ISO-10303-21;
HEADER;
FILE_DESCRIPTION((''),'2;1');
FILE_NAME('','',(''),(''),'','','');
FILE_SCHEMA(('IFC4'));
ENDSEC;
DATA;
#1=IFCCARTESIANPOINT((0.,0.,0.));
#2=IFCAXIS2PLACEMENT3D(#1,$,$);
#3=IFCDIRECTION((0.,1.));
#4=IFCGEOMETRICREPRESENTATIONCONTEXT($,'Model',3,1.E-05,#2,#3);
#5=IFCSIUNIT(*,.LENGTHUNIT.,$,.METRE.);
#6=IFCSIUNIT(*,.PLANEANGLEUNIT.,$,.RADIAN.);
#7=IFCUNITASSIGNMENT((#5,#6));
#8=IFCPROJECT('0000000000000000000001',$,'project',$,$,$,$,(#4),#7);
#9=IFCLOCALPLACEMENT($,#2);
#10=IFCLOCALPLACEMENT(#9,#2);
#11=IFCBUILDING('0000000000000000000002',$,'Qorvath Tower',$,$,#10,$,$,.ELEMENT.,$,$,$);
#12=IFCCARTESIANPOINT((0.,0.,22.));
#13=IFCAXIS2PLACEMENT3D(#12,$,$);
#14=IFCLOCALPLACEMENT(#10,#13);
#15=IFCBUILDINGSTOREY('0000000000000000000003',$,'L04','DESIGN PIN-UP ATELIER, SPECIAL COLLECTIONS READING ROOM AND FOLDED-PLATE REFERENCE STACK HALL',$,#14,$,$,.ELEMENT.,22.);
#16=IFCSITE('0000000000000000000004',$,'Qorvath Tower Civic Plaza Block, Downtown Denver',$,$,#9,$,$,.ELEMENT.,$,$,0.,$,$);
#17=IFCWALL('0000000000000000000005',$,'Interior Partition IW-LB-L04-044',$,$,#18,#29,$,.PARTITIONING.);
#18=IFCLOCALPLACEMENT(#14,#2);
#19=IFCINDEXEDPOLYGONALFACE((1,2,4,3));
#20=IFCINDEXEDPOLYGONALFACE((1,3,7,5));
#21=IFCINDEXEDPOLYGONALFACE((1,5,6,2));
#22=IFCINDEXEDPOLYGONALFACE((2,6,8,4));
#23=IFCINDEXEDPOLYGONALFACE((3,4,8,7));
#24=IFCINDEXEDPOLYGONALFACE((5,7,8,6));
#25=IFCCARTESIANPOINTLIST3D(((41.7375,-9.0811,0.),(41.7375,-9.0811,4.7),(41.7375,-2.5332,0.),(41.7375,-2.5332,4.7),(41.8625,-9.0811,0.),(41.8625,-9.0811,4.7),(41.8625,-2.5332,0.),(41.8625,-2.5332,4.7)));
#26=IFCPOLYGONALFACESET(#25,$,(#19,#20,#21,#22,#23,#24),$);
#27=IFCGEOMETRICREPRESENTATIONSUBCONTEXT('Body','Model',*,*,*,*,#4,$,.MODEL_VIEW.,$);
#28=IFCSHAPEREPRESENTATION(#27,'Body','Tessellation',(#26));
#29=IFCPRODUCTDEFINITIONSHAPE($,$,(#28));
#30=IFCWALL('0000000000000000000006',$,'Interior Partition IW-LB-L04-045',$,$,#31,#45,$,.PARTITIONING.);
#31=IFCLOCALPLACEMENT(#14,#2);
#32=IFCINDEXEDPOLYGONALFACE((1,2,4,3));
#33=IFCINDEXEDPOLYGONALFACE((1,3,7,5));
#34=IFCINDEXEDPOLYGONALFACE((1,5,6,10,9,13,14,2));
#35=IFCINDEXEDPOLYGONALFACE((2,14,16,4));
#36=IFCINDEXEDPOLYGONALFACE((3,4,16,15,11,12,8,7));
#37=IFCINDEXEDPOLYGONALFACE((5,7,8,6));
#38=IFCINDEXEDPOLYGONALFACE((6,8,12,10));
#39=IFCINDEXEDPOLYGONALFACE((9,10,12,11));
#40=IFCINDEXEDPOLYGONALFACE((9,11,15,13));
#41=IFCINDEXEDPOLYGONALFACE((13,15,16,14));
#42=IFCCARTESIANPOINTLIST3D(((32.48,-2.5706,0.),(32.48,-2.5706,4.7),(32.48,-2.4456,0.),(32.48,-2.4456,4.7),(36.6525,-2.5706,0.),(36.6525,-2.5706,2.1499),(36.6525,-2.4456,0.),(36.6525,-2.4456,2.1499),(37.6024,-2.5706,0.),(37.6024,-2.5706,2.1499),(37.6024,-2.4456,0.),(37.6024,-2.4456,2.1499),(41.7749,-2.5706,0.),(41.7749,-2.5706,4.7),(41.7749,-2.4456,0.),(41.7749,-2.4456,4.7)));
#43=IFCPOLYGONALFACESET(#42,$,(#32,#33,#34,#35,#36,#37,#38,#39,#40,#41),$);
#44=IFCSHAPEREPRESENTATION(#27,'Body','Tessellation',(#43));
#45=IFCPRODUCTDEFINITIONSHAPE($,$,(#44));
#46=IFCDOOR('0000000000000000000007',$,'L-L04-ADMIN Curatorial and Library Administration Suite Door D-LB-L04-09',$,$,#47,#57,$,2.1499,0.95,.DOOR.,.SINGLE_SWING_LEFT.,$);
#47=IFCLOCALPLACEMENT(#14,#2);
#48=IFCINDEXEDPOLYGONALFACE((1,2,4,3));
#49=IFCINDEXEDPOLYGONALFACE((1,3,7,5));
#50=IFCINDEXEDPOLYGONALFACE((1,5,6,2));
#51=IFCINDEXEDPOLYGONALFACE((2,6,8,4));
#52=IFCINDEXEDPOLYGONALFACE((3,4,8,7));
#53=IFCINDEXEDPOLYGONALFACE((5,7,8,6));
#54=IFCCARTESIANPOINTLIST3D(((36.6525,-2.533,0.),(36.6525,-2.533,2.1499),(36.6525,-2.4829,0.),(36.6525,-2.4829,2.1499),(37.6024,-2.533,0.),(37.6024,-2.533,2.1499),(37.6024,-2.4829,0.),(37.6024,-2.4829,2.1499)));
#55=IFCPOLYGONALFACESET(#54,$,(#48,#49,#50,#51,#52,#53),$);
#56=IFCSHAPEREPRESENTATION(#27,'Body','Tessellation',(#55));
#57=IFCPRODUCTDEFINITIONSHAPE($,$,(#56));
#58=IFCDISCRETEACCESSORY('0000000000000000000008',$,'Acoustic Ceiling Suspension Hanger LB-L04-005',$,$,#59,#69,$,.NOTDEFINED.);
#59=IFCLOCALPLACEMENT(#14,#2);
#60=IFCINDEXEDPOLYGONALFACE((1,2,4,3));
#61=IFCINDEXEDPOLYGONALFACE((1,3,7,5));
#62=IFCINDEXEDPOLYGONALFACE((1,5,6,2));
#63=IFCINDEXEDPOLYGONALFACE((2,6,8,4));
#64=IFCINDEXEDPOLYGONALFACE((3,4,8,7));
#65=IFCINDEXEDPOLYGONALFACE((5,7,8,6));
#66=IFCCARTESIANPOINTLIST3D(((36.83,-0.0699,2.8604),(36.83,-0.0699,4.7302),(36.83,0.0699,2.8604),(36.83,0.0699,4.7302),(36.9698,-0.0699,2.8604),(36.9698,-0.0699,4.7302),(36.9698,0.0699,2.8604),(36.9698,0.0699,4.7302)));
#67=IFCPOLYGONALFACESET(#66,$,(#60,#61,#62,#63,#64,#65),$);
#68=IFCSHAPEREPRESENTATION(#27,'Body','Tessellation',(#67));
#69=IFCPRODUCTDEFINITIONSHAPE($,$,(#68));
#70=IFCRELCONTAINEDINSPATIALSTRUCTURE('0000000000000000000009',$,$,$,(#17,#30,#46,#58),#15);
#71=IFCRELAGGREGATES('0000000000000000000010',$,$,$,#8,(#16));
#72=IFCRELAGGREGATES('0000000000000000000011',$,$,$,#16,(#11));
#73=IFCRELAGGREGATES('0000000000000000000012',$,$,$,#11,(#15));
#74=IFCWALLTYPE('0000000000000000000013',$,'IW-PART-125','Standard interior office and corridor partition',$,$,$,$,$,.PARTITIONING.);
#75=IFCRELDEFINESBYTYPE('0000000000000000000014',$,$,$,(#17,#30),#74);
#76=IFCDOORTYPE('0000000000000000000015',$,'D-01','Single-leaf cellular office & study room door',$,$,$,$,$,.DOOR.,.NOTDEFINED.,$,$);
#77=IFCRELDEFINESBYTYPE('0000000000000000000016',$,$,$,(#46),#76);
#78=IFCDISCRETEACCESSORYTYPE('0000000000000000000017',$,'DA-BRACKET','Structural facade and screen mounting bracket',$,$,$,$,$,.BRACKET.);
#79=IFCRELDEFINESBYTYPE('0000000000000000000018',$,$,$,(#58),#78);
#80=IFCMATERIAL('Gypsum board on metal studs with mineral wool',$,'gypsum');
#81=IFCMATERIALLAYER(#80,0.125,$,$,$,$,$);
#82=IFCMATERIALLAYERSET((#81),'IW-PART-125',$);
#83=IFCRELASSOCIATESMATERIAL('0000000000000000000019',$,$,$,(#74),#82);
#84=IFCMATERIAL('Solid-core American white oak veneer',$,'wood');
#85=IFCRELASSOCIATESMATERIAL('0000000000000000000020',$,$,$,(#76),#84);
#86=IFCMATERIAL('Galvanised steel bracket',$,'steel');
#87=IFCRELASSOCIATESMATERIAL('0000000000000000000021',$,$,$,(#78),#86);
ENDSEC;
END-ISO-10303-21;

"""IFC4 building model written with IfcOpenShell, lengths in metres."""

from ifc_helpers import new_model, si_unit, direction, frame, frame_2d, origin, origin_2d, place, context, subcontext, project, spatial, rectangle, extrude, material, layer, layer_set, type_object, element, fill, save


model = new_model("IFC4")

# Units and contexts
model_context = context("Model", 3, precision=1e-05, world=origin(), true_north=direction((0.0, 1.0)))
body_context = subcontext(model_context, "Body", "Model", "MODEL_VIEW")
ifc_project = project(units=[si_unit("LENGTHUNIT", "METRE"), si_unit("PLANEANGLEUNIT", "RADIAN")], contexts=[model_context])

# Site, building, storey
site_placement = place(None, origin())
site = spatial("IfcSite", under=ifc_project, at=site_placement, Name="Qorvath Tower Civic Plaza Block, Downtown Denver", CompositionType="ELEMENT", RefElevation=0.0)
building_placement = place(site_placement, origin())
building = spatial("IfcBuilding", under=site, at=building_placement, Name="Qorvath Tower", CompositionType="ELEMENT")
storey_placement = place(building_placement, frame((0.0, 0.0, 22.0)))
storey = spatial("IfcBuildingStorey", under=building, at=storey_placement, Name="L04", Description="DESIGN PIN-UP ATELIER, SPECIAL COLLECTIONS READING ROOM AND FOLDED-PLATE REFERENCE STACK HALL", CompositionType="ELEMENT", Elevation=22.0)

# Wall
ifc_material_1 = material(Name="Gypsum board on metal studs with mineral wool", Category="gypsum")
ifc_layer = layer(ifc_material_1, 0.125)
ifc_layer_set = layer_set([ifc_layer], Name="IW-PART-125")
wall_type = type_object("IfcWallType", Name="IW-PART-125", Description="Standard interior office and corridor partition", PredefinedType="PARTITIONING", material=ifc_layer_set)
wall_1_placement = place(storey_placement, frame((41.8, -9.0811, 0.0), z_axis=(0.0, 0.0, 1.0), x_axis=(0.0, 1.0, 0.0)))
element("IfcWall", 1, at=wall_1_placement, inside=storey, type_object=wall_type, Name="Interior Partition IW-LB-L04-044", PredefinedType="PARTITIONING", context=body_context, shape_type="SweptSolid", body=[
    extrude(rectangle(XDim=6.5479, YDim=0.125, at=frame_2d((3.2739, 0.0))), origin(), (0.0, 0.0, 1.0), 4.7),
])

# Wall, opening, door
wall_2_placement = place(storey_placement, frame((41.7749, -2.5081, 0.0), z_axis=(0.0, 0.0, 1.0), x_axis=(-1.0, 0.0, 0.0)))
wall_2 = element("IfcWall", 2, at=wall_2_placement, inside=storey, type_object=wall_type, Name="Interior Partition IW-LB-L04-045", PredefinedType="PARTITIONING", context=body_context, shape_type="SweptSolid", body=[
    extrude(rectangle(XDim=9.2949, YDim=0.125, at=frame_2d((4.6475, 0.0))), origin(), (0.0, 0.0, 1.0), 4.7),
])
opening_placement = place(wall_2_placement, frame((4.1724, 0.0, 0.0)))
opening = element("IfcOpeningElement", 3, at=opening_placement, cuts=wall_2, PredefinedType="OPENING", context=body_context, shape_type="SweptSolid", body=[
    extrude(rectangle(XDim=0.95, YDim=2.1499, at=frame_2d((0.4751, 1.075))), frame((0.0, 0.0725, 0.0), z_axis=(0.0, -1.0, 0.0), x_axis=(1.0, 0.0, 0.0)), (0.0, 0.0, 1.0), 0.145),
])
ifc_material_2 = material(Name="Solid-core American white oak veneer", Category="wood")
door_type = type_object("IfcDoorType", Name="D-01", Description="Single-leaf cellular office & study room door", OperationType="NOTDEFINED", PredefinedType="DOOR", material=ifc_material_2)
door_placement = place(opening_placement, origin())
door = element("IfcDoor", 4, at=door_placement, inside=storey, type_object=door_type, Name="L-L04-ADMIN Curatorial and Library Administration Suite Door D-LB-L04-09", OperationType="SINGLE_SWING_LEFT", OverallHeight=2.1499, OverallWidth=0.95, PredefinedType="DOOR", context=body_context, shape_type="SweptSolid", body=[
    extrude(rectangle(XDim=0.95, YDim=2.1499, at=frame_2d((0.4751, 1.075))), frame((0.0, 0.0249, 0.0), z_axis=(0.0, -1.0, 0.0), x_axis=(1.0, 0.0, 0.0)), (0.0, 0.0, 1.0), 0.05),
])
fill(opening, door)

# Discrete accessory
ifc_material_3 = material(Name="Galvanised steel bracket", Category="steel")
discrete_accessory_type = type_object("IfcDiscreteAccessoryType", Name="DA-BRACKET", Description="Structural facade and screen mounting bracket", PredefinedType="BRACKET", material=ifc_material_3)
discrete_accessory_placement = place(storey_placement, frame((36.8999, 0.0, 2.8604), z_axis=(0.0, 0.0, 1.0), x_axis=(1.0, 0.0, 0.0)))
element("IfcDiscreteAccessory", 5, at=discrete_accessory_placement, inside=storey, type_object=discrete_accessory_type, Name="Acoustic Ceiling Suspension Hanger LB-L04-005", PredefinedType="NOTDEFINED", context=body_context, shape_type="SweptSolid", body=[
    extrude(rectangle(XDim=0.1399, YDim=0.1399, at=origin_2d()), origin(), (0.0, 0.0, 1.0), 1.8699),
])

save(model, "model.ifc")
